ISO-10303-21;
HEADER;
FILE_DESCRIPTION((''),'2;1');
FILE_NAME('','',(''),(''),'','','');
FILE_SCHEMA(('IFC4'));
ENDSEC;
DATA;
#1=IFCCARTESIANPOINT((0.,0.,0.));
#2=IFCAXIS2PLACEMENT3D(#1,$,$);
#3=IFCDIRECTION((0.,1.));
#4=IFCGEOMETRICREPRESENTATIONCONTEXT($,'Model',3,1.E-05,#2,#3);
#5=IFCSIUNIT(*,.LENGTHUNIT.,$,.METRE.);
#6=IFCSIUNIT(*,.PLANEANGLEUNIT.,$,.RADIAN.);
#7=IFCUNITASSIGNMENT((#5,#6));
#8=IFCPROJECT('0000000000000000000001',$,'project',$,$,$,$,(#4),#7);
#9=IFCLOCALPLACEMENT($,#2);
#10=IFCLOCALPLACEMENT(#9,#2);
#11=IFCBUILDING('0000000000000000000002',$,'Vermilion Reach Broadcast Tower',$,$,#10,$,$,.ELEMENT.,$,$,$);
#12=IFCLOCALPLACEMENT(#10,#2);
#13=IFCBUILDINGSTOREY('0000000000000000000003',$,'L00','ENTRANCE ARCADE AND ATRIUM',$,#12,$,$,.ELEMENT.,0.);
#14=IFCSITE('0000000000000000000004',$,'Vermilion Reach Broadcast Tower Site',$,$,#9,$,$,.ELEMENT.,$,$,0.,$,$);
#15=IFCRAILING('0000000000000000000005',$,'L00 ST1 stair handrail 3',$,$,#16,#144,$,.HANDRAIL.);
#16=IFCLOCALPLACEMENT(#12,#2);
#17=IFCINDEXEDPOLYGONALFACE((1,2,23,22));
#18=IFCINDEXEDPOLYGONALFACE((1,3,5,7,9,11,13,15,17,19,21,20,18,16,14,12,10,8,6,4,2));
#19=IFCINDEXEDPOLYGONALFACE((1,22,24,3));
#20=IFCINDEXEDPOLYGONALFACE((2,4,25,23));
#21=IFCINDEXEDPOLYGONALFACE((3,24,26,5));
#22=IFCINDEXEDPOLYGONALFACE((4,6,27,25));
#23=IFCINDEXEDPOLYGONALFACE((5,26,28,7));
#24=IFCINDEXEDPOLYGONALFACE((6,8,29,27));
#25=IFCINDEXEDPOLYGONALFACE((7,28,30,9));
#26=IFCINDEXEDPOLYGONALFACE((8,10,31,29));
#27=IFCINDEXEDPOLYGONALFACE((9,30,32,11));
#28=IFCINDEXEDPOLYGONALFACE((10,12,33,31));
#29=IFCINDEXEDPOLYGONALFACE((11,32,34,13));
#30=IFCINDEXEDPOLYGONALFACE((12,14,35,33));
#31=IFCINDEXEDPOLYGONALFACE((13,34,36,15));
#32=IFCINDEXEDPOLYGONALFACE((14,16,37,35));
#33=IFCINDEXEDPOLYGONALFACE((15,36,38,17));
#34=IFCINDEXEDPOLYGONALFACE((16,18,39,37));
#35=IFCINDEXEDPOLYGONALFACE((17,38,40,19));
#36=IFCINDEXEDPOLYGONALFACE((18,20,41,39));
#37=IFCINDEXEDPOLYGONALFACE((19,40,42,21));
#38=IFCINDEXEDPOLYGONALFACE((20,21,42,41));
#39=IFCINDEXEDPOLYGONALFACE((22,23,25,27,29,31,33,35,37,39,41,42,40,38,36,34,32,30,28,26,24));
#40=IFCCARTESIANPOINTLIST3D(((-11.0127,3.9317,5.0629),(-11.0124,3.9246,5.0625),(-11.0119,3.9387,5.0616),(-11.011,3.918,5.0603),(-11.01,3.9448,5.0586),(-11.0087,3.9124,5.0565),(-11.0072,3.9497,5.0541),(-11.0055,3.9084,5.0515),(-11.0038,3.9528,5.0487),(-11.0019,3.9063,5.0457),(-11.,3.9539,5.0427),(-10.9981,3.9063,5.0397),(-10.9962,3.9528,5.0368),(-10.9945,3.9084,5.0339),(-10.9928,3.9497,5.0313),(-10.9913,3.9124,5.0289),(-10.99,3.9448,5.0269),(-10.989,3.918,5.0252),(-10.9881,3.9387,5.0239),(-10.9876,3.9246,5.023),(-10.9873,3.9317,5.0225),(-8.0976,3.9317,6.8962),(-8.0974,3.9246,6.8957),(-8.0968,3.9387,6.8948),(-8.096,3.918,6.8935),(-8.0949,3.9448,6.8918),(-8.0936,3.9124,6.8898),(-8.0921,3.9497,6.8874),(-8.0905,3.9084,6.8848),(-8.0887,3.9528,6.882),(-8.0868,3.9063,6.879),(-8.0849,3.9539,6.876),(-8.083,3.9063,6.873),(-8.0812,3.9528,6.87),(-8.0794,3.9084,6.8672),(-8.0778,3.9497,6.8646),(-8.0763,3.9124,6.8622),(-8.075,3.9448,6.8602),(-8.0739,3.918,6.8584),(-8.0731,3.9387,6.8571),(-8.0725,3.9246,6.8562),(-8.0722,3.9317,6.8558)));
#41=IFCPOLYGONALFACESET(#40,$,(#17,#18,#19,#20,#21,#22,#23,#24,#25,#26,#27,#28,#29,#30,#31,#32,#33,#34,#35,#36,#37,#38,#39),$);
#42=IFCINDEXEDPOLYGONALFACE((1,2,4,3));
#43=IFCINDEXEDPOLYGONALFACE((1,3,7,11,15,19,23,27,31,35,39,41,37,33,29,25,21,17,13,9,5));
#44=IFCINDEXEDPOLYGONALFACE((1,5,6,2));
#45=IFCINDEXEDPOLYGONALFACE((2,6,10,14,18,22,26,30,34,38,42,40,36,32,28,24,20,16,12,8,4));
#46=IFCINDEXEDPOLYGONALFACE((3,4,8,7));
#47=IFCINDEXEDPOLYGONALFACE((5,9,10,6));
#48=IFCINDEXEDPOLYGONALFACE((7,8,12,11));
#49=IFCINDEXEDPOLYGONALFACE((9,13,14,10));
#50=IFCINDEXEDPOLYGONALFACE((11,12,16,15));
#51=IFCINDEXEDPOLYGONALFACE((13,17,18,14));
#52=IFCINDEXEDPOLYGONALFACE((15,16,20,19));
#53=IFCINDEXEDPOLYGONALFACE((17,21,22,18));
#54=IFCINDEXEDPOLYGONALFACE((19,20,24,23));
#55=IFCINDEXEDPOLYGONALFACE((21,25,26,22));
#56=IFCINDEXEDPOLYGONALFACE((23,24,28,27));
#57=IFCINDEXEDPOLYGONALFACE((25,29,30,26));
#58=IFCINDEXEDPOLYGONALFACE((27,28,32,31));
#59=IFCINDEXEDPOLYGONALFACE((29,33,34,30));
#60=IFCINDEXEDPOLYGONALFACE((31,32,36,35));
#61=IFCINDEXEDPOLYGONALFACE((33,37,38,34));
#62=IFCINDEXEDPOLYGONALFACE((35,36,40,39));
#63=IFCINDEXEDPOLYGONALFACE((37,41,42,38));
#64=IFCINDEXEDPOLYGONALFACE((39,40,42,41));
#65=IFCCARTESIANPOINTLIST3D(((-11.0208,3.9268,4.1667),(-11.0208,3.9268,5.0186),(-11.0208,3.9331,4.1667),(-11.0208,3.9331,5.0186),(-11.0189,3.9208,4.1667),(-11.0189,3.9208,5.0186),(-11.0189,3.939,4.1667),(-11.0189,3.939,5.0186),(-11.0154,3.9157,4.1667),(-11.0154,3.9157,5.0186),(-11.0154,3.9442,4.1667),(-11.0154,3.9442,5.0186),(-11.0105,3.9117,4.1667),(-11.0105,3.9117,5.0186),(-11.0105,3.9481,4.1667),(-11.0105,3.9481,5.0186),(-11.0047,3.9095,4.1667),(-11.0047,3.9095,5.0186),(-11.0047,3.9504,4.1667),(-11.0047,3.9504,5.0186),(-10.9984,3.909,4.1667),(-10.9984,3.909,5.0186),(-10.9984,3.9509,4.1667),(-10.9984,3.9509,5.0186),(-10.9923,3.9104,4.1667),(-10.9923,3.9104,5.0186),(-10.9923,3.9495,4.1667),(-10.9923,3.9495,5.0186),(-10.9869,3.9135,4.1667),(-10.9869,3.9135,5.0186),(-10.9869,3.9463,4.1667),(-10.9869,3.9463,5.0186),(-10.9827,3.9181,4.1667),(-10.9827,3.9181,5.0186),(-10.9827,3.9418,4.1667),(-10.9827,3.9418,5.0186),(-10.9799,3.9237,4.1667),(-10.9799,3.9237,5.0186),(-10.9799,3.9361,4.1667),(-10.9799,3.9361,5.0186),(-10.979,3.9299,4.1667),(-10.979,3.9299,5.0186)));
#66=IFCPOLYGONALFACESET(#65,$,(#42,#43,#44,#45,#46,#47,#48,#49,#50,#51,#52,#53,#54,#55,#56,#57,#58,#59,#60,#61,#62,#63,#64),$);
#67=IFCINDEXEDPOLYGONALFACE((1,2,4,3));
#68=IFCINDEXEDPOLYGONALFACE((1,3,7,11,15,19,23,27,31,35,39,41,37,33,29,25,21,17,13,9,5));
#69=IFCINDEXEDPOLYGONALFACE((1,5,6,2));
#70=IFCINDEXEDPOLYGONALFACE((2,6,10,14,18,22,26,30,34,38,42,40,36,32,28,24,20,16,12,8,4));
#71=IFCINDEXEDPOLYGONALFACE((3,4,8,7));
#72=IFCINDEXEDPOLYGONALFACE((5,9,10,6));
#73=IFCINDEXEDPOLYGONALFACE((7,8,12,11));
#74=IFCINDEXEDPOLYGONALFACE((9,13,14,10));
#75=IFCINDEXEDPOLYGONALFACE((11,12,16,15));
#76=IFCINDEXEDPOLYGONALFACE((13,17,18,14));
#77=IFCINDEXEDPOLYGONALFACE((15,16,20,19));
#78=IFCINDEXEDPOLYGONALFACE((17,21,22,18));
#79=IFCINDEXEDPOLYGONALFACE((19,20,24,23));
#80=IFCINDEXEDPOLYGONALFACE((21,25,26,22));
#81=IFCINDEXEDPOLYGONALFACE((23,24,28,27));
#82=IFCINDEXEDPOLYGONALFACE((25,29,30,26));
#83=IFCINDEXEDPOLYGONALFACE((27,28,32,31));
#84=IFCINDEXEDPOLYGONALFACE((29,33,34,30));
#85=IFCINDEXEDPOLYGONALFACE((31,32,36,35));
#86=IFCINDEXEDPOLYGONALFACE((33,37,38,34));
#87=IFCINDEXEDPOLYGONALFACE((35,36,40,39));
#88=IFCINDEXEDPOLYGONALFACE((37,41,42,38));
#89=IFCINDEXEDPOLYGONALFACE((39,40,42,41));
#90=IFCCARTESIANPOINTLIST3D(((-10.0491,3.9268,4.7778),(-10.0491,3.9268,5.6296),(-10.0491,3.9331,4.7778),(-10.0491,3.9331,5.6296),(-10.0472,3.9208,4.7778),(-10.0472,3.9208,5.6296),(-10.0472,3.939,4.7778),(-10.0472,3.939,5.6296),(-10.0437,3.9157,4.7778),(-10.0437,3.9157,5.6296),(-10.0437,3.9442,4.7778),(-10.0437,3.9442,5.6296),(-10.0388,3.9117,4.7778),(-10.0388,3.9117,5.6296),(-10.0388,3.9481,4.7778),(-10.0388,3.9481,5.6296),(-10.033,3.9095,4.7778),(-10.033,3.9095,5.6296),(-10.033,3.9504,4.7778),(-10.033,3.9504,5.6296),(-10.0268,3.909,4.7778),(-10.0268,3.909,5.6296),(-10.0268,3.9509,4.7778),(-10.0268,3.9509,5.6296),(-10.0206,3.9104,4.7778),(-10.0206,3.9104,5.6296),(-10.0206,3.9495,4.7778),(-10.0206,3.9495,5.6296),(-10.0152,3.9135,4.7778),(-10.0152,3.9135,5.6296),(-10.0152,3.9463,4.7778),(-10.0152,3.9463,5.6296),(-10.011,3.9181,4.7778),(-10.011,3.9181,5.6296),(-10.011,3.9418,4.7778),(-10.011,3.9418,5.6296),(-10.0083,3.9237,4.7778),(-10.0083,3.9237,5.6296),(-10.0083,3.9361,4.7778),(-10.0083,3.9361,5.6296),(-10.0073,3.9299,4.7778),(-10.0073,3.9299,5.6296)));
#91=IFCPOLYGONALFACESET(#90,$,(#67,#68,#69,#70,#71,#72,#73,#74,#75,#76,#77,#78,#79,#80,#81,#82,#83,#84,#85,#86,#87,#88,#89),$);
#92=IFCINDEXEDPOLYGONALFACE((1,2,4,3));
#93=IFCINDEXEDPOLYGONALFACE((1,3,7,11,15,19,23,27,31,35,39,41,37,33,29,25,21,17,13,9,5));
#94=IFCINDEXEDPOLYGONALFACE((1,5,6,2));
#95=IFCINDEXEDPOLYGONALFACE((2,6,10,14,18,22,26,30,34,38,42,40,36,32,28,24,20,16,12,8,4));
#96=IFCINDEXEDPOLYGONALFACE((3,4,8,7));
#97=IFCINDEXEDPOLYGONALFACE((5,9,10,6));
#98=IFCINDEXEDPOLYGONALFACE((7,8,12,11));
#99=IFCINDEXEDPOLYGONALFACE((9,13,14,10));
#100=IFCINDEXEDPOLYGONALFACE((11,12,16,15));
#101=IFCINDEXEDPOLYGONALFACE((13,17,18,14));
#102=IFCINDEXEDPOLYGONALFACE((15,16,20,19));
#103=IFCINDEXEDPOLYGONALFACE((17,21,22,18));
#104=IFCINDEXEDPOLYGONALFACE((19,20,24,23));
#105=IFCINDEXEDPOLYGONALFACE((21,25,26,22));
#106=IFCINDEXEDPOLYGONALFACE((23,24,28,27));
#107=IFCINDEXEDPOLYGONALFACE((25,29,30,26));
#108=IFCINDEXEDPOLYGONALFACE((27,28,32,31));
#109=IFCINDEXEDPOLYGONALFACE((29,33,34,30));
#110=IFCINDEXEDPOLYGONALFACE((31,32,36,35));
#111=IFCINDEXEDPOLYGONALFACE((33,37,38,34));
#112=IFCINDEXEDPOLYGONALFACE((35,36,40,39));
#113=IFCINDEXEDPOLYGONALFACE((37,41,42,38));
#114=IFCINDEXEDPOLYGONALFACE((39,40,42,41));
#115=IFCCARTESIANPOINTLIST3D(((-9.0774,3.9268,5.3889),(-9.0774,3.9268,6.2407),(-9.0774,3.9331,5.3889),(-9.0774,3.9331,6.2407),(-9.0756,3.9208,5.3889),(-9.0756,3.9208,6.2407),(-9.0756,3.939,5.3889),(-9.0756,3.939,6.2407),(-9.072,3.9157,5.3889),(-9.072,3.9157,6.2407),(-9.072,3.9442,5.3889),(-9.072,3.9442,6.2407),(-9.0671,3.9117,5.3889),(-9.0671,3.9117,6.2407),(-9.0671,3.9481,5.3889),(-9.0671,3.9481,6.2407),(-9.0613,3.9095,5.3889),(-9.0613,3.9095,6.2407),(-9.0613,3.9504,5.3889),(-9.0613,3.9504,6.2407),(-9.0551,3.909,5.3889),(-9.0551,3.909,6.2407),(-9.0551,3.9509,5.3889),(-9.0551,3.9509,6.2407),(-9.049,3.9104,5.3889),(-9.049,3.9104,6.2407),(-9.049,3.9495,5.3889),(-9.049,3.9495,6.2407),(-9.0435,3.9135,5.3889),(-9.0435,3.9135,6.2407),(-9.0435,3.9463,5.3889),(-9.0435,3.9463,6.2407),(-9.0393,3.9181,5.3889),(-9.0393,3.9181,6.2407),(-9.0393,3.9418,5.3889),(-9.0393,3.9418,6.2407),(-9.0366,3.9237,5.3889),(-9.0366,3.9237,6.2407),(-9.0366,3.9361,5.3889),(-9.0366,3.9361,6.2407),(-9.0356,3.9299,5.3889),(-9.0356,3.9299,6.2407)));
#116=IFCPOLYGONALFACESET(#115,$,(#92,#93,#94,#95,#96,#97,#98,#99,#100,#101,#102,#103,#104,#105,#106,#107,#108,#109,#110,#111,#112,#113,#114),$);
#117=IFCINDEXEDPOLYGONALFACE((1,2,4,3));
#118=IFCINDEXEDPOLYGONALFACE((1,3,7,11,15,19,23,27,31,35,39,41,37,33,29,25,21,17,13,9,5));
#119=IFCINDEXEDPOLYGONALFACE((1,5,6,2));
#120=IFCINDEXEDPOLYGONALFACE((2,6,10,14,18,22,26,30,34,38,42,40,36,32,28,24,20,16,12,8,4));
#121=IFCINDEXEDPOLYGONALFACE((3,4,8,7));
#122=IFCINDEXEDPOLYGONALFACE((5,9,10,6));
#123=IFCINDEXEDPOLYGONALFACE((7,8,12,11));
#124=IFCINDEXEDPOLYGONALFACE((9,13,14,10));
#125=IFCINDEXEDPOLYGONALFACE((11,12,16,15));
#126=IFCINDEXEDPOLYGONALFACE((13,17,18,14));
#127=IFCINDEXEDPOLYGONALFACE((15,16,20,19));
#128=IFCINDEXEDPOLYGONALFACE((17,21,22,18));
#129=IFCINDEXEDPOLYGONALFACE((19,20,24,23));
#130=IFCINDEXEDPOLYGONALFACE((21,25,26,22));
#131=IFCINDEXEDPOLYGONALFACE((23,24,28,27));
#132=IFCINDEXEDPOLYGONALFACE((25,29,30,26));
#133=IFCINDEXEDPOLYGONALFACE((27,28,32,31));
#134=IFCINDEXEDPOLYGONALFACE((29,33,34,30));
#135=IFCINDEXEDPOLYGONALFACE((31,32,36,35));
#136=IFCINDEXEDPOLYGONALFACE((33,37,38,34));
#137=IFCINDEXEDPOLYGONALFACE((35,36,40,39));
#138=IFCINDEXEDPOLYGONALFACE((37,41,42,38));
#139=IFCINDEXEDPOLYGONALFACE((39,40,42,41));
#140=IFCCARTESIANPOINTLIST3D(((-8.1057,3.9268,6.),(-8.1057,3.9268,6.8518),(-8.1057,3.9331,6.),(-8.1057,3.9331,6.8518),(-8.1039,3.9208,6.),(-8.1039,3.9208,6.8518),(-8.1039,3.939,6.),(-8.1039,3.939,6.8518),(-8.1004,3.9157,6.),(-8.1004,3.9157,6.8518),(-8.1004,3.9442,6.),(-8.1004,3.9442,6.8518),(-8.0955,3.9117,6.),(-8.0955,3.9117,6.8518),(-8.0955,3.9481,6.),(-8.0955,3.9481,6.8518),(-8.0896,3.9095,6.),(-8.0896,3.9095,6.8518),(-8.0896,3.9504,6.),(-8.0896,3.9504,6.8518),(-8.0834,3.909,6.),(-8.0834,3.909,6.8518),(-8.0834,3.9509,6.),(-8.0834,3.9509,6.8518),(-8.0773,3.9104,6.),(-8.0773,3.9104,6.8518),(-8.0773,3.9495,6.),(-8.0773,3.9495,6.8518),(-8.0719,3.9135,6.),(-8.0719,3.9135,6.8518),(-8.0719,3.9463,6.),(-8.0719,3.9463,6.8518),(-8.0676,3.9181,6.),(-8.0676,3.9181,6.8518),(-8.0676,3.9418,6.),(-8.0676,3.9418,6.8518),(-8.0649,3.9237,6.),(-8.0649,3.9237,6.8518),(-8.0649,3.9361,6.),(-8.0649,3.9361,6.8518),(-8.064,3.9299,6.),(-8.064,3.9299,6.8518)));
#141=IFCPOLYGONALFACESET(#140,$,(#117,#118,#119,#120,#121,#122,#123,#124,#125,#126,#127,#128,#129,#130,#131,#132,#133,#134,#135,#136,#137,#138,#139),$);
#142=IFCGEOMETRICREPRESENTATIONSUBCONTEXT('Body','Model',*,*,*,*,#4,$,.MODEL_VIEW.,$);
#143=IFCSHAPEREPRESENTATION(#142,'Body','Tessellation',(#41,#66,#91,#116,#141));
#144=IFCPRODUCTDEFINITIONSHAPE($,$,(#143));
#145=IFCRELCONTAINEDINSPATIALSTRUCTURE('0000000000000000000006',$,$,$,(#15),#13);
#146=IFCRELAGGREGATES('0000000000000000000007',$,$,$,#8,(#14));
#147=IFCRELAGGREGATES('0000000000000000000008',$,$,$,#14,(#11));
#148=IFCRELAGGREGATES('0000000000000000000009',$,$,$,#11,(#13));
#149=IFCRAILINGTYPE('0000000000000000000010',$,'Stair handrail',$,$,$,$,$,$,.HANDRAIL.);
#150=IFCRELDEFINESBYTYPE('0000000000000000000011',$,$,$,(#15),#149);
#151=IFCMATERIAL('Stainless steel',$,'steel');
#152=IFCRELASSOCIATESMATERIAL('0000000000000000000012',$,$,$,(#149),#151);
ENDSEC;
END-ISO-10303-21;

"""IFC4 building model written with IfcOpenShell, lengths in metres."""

from ifc_helpers import new_model, si_unit, direction, frame, origin, origin_2d, place, context, subcontext, project, spatial, circle, extrude, material, type_object, element, save


model = new_model("IFC4")

# Units and contexts
model_context = context("Model", 3, precision=1e-05, world=origin(), true_north=direction((0.0, 1.0)))
body_context = subcontext(model_context, "Body", "Model", "MODEL_VIEW")
ifc_project = project(units=[si_unit("LENGTHUNIT", "METRE"), si_unit("PLANEANGLEUNIT", "RADIAN")], contexts=[model_context])

# Site, building, storey
site_placement = place(None, origin())
site = spatial("IfcSite", under=ifc_project, at=site_placement, Name="Vermilion Reach Broadcast Tower Site", CompositionType="ELEMENT", RefElevation=0.0)
building_placement = place(site_placement, origin())
building = spatial("IfcBuilding", under=site, at=building_placement, Name="Vermilion Reach Broadcast Tower", CompositionType="ELEMENT")
storey_placement = place(building_placement, origin())
storey = spatial("IfcBuildingStorey", under=building, at=storey_placement, Name="L00", Description="ENTRANCE ARCADE AND ATRIUM", CompositionType="ELEMENT", Elevation=0.0)

# Railing
ifc_material_1 = material(Name="Stainless steel", Category="steel")
railing_type_1 = type_object("IfcRailingType", Name="Stair handrail", PredefinedType="HANDRAIL", material=ifc_material_1)
for number, where, name in (
    (1, (-11.0, 3.9299, 4.1667), "L00 ST1 stair handrail 3"),
):
    element("IfcRailing", number, at=place(storey_placement, frame(where)), inside=storey, type_object=railing_type_1, Name=name, PredefinedType="HANDRAIL", context=body_context, shape_type="SweptSolid", body=[
        extrude(circle(Radius=0.0239, at=origin_2d()), frame((0.0, 0.0, 0.876), z_axis=(0.846513, 0.0, 0.532368), x_axis=(0.0, 1.0, 0.0)), (0.0, 0.0, 1.0), 3.4436),
        extrude(circle(Radius=0.021, at=origin_2d()), origin(), (0.0, 0.0, 1.0), 0.8518),
        extrude(circle(Radius=0.021, at=origin_2d()), frame((0.9717, 0.0, 0.6111)), (0.0, 0.0, 1.0), 0.8518),
        extrude(circle(Radius=0.021, at=origin_2d()), frame((1.9434, 0.0, 1.2222)), (0.0, 0.0, 1.0), 0.8518),
        extrude(circle(Radius=0.021, at=origin_2d()), frame((2.915, 0.0, 1.8333)), (0.0, 0.0, 1.0), 0.8518),
    ])

save(model, "model.ifc")
